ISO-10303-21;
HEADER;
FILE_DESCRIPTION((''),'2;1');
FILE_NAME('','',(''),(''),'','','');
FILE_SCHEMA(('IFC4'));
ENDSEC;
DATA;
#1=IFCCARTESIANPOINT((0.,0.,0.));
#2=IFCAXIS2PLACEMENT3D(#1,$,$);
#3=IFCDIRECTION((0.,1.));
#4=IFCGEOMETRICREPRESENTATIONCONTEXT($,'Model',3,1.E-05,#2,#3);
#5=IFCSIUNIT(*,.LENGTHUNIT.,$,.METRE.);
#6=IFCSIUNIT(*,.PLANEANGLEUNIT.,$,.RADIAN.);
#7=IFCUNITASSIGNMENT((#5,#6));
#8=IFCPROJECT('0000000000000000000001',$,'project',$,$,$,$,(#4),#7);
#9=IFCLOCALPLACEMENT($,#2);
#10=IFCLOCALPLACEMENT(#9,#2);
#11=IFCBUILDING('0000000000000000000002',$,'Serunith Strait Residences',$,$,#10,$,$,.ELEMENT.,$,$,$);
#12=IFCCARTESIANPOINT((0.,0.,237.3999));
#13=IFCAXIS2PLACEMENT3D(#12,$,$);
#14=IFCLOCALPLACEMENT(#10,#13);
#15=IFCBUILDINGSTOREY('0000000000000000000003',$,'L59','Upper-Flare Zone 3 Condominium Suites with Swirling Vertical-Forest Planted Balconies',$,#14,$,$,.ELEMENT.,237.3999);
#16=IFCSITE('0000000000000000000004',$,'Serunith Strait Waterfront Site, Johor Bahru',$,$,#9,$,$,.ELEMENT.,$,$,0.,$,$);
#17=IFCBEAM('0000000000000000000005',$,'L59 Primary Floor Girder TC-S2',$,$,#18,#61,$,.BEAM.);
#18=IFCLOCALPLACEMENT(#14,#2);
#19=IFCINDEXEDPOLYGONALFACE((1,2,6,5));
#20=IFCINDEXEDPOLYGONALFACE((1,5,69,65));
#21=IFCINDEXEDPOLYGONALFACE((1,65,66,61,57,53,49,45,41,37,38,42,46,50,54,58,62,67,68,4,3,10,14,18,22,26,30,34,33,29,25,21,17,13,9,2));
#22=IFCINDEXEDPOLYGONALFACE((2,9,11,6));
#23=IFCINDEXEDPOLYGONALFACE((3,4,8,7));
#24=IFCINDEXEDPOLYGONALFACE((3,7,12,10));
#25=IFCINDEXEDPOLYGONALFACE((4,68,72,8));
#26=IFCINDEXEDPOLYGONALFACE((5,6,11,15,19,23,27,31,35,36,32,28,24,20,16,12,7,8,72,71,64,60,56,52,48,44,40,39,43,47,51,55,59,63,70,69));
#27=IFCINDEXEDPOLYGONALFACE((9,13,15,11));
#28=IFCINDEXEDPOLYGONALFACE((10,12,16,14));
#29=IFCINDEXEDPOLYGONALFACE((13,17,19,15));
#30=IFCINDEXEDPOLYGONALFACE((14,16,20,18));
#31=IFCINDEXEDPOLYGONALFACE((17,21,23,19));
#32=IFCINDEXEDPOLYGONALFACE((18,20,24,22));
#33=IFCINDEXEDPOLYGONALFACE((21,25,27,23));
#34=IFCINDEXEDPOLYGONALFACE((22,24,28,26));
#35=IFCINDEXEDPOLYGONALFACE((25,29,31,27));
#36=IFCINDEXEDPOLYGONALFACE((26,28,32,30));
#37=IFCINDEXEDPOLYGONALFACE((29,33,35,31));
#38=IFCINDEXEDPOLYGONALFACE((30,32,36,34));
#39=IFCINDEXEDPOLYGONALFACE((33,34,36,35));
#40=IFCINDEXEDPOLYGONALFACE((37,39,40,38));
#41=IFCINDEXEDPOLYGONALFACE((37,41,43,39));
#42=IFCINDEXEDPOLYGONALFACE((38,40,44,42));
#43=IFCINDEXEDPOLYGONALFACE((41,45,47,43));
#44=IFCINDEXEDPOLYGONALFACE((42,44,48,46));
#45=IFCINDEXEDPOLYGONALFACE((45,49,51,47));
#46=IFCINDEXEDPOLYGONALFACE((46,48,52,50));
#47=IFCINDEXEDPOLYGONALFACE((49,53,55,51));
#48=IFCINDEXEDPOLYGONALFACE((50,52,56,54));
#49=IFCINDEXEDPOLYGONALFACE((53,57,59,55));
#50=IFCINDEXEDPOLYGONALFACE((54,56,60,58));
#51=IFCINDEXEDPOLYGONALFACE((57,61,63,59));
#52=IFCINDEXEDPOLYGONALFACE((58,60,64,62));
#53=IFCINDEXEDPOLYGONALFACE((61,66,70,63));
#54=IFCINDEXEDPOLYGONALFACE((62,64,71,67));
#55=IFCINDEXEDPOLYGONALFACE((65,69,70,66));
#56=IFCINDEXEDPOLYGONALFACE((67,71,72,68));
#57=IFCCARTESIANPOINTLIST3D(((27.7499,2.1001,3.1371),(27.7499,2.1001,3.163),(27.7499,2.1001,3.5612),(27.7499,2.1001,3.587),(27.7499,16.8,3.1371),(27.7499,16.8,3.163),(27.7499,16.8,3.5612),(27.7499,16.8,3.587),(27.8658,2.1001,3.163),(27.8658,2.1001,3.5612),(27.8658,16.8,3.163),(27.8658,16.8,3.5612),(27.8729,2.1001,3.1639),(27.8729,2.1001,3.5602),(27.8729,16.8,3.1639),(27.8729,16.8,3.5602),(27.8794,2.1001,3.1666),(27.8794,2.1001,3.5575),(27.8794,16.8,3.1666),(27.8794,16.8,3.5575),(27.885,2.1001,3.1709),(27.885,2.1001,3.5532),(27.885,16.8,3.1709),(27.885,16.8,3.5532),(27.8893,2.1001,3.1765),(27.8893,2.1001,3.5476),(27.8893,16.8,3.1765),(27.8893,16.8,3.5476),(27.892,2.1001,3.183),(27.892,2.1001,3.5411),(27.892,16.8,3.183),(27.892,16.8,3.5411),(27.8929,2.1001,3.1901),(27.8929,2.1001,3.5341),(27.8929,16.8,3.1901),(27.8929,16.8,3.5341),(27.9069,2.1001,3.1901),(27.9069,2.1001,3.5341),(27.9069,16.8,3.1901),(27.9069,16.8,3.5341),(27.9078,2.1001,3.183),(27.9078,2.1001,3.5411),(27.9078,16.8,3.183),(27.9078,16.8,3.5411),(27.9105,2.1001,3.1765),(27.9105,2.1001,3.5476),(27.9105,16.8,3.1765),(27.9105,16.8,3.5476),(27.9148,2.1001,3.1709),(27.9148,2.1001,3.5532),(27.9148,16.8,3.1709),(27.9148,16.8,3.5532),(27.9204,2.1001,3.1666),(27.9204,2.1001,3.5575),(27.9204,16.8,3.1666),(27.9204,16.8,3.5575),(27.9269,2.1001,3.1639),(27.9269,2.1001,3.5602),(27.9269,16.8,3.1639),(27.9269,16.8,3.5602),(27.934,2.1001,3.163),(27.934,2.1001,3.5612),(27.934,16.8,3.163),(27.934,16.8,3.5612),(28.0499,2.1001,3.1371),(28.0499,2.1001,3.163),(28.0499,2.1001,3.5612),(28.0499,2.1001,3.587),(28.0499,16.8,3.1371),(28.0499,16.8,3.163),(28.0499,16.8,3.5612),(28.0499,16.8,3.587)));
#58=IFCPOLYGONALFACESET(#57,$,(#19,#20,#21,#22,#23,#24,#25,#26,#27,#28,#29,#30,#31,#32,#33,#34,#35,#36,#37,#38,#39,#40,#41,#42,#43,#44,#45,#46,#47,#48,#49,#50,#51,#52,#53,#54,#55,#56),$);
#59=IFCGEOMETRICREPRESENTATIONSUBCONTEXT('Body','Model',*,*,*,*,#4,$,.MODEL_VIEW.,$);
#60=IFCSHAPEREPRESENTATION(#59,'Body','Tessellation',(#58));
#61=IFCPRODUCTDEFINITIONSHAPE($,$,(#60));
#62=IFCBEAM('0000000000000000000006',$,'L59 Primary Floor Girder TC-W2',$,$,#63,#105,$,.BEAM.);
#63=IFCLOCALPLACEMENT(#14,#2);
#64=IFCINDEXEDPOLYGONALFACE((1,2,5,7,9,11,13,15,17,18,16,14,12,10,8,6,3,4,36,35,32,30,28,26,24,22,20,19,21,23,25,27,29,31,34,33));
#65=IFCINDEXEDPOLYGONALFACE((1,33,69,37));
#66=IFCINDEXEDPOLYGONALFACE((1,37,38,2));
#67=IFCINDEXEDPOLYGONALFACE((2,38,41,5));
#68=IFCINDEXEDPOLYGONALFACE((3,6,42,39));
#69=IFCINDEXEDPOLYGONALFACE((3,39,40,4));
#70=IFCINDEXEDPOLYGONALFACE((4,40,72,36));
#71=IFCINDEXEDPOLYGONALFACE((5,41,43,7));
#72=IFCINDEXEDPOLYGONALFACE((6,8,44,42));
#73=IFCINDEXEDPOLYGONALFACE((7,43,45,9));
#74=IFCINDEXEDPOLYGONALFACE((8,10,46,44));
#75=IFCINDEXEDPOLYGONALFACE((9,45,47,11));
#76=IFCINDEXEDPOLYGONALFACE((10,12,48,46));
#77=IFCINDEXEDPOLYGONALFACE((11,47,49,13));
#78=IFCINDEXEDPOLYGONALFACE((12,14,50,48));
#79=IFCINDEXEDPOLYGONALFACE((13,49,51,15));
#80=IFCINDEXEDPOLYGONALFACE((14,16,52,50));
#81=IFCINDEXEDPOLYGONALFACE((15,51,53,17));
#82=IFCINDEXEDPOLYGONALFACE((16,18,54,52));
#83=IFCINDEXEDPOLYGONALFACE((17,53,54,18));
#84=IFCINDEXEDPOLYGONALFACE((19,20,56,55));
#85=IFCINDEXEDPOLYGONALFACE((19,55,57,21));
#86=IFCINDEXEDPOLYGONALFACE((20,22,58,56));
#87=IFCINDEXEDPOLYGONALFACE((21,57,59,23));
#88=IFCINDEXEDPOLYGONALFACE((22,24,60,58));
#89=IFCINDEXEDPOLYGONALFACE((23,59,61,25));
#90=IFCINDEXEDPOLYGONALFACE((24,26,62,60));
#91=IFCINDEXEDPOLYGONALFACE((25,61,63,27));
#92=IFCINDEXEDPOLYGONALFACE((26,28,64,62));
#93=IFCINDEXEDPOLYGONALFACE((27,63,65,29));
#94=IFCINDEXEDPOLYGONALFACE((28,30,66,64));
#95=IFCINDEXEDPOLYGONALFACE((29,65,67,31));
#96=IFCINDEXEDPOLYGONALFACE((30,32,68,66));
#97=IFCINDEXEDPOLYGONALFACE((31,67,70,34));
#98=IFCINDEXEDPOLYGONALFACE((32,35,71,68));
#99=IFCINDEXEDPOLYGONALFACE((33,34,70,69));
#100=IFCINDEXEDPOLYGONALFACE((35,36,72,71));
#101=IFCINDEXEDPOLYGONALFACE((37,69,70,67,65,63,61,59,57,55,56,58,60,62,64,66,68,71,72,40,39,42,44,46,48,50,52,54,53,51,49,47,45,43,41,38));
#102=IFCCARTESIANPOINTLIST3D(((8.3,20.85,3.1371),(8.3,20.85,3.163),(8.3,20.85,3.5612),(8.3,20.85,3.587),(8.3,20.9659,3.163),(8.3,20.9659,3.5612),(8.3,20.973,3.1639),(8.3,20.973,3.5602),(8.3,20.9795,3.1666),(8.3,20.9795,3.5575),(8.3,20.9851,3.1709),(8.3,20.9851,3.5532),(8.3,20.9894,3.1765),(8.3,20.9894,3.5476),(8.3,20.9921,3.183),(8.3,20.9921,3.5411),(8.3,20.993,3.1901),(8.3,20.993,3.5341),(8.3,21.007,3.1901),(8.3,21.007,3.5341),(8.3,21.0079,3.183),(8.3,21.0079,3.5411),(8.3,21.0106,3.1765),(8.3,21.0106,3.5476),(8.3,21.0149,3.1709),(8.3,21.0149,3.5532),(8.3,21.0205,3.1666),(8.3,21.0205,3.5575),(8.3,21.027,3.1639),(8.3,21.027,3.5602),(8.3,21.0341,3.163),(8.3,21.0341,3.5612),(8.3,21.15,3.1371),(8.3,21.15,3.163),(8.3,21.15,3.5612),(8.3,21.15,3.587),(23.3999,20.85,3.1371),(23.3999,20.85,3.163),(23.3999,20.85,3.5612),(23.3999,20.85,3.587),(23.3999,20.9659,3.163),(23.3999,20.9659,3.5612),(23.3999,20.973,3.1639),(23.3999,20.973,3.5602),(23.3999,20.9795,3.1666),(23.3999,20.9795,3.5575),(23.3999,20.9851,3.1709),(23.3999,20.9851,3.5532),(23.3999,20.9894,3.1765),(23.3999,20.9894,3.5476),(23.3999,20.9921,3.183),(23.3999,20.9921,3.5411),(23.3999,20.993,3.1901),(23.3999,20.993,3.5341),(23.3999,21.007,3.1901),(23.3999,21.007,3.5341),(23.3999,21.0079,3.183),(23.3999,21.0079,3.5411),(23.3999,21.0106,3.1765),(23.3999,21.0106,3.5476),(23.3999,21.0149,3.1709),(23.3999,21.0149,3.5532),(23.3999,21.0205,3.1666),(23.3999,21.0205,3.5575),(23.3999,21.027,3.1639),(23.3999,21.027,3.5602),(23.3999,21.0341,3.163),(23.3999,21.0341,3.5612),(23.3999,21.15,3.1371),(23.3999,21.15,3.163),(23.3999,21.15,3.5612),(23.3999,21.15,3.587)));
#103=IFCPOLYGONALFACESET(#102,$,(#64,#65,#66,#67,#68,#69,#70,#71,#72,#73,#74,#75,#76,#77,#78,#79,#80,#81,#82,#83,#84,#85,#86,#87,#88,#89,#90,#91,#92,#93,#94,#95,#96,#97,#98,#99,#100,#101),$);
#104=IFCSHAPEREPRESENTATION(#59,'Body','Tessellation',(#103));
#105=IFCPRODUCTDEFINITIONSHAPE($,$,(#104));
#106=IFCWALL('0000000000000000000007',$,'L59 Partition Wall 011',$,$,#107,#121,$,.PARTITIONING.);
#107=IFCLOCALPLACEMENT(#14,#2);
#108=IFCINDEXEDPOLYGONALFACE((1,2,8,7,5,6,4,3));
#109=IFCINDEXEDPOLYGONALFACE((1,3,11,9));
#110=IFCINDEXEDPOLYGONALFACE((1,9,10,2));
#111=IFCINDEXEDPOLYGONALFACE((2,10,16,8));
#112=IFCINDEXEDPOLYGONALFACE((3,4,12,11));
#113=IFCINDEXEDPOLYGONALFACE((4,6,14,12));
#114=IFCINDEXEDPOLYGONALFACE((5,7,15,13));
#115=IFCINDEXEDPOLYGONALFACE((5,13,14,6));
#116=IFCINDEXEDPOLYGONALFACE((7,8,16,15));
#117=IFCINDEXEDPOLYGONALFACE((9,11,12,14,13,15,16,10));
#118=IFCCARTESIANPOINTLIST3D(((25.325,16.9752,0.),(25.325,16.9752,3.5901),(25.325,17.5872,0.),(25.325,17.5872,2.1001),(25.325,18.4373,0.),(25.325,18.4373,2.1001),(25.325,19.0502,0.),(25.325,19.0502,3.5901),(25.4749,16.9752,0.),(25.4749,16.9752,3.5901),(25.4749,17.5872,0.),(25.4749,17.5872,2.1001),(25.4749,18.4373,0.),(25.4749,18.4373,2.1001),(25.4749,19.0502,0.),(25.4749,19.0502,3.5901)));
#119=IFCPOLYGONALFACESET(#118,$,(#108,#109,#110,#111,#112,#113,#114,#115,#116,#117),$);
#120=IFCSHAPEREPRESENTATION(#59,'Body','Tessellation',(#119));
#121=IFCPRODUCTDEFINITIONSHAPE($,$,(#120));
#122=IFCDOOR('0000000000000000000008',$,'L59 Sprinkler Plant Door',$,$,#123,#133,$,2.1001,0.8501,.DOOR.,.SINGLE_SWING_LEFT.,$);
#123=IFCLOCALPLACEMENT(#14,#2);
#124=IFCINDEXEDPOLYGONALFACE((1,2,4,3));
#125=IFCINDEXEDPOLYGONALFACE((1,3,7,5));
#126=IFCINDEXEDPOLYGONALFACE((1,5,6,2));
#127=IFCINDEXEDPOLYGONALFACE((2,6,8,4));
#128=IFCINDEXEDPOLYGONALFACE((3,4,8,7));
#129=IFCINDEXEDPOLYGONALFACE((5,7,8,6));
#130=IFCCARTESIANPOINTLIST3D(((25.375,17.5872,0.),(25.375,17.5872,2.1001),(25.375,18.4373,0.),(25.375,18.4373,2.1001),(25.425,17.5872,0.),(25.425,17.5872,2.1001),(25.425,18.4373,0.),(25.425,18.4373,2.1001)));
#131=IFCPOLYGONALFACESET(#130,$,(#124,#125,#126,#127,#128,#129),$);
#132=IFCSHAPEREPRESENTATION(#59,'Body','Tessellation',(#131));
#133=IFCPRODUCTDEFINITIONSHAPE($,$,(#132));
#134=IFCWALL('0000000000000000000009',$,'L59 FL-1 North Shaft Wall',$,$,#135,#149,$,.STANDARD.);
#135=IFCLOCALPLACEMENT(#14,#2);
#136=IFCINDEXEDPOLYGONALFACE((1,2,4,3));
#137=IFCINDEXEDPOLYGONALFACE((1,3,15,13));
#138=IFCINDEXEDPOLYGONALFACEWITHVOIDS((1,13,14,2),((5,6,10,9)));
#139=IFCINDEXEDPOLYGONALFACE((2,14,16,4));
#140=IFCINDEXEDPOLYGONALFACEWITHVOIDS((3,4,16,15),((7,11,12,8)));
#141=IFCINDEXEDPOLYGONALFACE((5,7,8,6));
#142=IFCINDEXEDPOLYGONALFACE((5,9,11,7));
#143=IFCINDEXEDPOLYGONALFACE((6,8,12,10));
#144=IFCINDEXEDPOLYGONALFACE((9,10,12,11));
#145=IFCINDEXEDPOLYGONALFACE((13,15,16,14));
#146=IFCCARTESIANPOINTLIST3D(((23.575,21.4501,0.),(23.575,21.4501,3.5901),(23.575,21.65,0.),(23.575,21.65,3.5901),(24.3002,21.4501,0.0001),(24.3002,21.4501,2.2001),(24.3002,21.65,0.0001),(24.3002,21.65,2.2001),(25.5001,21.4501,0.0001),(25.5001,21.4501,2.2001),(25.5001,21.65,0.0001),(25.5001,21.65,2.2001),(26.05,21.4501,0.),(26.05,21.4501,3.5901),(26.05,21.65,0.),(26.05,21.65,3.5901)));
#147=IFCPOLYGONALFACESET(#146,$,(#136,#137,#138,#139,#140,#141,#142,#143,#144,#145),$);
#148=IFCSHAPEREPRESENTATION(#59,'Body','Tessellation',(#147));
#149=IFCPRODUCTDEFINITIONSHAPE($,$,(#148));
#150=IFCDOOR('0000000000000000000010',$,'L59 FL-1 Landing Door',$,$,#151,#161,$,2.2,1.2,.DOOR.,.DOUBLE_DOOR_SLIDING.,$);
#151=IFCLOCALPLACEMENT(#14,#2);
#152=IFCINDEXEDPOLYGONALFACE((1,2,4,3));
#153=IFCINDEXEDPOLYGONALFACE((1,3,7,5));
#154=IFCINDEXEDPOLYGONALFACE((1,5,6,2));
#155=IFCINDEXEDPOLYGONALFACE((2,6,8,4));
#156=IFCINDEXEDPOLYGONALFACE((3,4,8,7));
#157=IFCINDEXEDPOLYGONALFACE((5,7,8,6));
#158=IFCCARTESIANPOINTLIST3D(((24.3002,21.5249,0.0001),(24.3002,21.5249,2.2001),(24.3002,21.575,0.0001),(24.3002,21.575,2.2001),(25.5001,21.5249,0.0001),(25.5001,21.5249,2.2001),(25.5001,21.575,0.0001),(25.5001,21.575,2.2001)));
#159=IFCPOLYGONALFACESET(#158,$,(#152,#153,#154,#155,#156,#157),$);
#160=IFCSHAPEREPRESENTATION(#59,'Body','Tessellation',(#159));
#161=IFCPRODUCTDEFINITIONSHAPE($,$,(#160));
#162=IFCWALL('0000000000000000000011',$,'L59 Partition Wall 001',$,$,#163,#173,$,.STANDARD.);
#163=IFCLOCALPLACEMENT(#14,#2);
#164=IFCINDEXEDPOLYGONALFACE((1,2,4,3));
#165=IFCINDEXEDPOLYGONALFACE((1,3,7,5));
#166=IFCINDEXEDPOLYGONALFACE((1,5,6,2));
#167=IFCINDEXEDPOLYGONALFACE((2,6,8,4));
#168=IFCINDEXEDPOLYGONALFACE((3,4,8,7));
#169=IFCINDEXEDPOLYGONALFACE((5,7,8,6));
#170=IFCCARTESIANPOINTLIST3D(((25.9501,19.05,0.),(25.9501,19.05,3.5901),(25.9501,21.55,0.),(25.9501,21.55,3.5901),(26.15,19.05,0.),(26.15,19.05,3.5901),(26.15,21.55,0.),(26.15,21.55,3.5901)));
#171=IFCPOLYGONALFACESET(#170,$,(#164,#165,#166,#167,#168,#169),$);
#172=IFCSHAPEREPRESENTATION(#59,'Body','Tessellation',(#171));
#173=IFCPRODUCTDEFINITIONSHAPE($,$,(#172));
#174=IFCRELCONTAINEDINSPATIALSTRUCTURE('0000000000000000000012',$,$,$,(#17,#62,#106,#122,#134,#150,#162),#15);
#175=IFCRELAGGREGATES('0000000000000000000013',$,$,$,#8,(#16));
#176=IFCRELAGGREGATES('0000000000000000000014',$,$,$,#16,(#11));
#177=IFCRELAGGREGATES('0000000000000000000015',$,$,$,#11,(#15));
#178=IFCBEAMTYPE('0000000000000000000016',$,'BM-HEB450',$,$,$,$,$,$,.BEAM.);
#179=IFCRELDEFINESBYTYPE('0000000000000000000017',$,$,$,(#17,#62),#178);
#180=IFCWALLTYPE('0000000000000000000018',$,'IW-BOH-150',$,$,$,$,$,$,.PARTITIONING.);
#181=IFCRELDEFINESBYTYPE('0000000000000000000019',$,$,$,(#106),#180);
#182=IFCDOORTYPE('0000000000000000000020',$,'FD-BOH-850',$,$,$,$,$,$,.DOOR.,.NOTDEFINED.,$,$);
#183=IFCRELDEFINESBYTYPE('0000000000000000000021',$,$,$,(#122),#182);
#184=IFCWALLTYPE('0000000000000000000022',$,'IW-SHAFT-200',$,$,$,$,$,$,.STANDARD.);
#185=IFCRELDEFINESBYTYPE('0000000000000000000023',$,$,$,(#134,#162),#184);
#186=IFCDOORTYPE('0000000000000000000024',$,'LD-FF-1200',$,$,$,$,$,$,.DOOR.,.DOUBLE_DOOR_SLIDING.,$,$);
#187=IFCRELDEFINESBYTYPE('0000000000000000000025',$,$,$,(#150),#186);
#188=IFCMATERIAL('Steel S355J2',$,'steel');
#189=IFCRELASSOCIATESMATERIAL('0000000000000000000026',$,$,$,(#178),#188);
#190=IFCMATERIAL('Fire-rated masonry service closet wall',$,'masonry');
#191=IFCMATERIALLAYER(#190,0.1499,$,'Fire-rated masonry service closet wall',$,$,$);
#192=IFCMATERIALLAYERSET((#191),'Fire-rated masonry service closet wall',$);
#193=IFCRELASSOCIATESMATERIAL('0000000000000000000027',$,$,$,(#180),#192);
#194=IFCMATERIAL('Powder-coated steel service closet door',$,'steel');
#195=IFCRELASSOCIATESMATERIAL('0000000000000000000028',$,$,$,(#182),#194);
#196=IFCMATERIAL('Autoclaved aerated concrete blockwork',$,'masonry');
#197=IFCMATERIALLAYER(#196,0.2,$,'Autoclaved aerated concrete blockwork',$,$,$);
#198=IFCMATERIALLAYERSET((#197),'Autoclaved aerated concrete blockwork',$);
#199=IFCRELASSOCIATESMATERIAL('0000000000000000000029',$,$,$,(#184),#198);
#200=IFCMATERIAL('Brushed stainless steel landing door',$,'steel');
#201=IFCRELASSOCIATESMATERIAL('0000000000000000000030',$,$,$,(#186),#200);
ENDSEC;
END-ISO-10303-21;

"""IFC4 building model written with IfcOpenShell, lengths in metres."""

from ifc_helpers import new_model, si_unit, direction, frame, frame_2d, origin, origin_2d, place, context, subcontext, project, spatial, rectangle, i_section, extrude, source, transform, mapped, material, layer, layer_set, material_profile, profile_set, type_object, element, fill, save


model = new_model("IFC4")

# Units and contexts
model_context = context("Model", 3, precision=1e-05, world=origin(), true_north=direction((0.0, 1.0)))
body_context = subcontext(model_context, "Body", "Model", "MODEL_VIEW")
ifc_project = project(units=[si_unit("LENGTHUNIT", "METRE"), si_unit("PLANEANGLEUNIT", "RADIAN")], contexts=[model_context])

# Site, building, storey
site_placement = place(None, origin())
site = spatial("IfcSite", under=ifc_project, at=site_placement, Name="Serunith Strait Waterfront Site, Johor Bahru", CompositionType="ELEMENT", RefElevation=0.0)
building_placement = place(site_placement, origin())
building = spatial("IfcBuilding", under=site, at=building_placement, Name="Serunith Strait Residences", CompositionType="ELEMENT")
storey_placement = place(building_placement, frame((0.0, 0.0, 237.3999)))
storey = spatial("IfcBuildingStorey", under=building, at=storey_placement, Name="L59", Description="Upper-Flare Zone 3 Condominium Suites with Swirling Vertical-Forest Planted Balconies", CompositionType="ELEMENT", Elevation=237.3999)

# Beams
ifc_material_1 = material(Name="Steel S355J2", Category="steel")
ifc_material_profile = material_profile(ifc_material_1, i_section(OverallWidth=0.3, OverallDepth=0.45, WebThickness=0.0139, FlangeThickness=0.0259, FilletRadius=0.0271, at=origin_2d()), Name="HEB 450")
ifc_profile_set = profile_set([ifc_material_profile], Name="Steel S355J2")
beam_type = type_object("IfcBeamType", Name="BM-HEB450", PredefinedType="BEAM", material=ifc_profile_set)
shared_shape_1 = source(origin(), body_context, "Body", "SweptSolid", [
    extrude(i_section(OverallWidth=0.3, OverallDepth=0.45, WebThickness=0.0139, FlangeThickness=0.0259, FilletRadius=0.0271, at=origin_2d()), origin(), (0.0, 0.0, 1.0), 14.7),
])
beam_1_placement = place(storey_placement, frame((27.8999, 16.8, 3.3621), z_axis=(0.0, -1.0, 0.0), x_axis=(1.0, 0.0, 0.0)))
element("IfcBeam", 1, at=beam_1_placement, inside=storey, type_object=beam_type, Name="L59 Primary Floor Girder TC-S2", PredefinedType="BEAM", context=body_context, shape_type="MappedRepresentation", body=[
    mapped(shared_shape_1, transform((0.0, 0.0, 0.0), scale=1.0)),
])
shared_shape_2 = source(origin(), body_context, "Body", "SweptSolid", [
    extrude(i_section(OverallWidth=0.3, OverallDepth=0.45, WebThickness=0.0139, FlangeThickness=0.0259, FilletRadius=0.0271, at=origin_2d()), origin(), (0.0, 0.0, 1.0), 15.0999),
])
beam_2_placement = place(storey_placement, frame((23.3999, 21.0, 3.3621), z_axis=(-1.0, 0.0, 0.0), x_axis=(0.0, -1.0, 0.0)))
element("IfcBeam", 2, at=beam_2_placement, inside=storey, type_object=beam_type, Name="L59 Primary Floor Girder TC-W2", PredefinedType="BEAM", context=body_context, shape_type="MappedRepresentation", body=[
    mapped(shared_shape_2, transform((0.0, 0.0, 0.0), scale=1.0)),
])

# Walls, openings, doors
ifc_material_2 = material(Name="Fire-rated masonry service closet wall", Category="masonry")
ifc_layer_1 = layer(ifc_material_2, 0.1499, Name="Fire-rated masonry service closet wall")
ifc_layer_set_1 = layer_set([ifc_layer_1], Name="Fire-rated masonry service closet wall")
wall_type_1 = type_object("IfcWallType", Name="IW-BOH-150", PredefinedType="PARTITIONING", material=ifc_layer_set_1)
wall_1_placement = place(storey_placement, frame((25.3999, 16.9751, 0.0), z_axis=(0.0, 0.0, 1.0), x_axis=(0.0, 1.0, 0.0)))
wall_1 = element("IfcWall", 3, at=wall_1_placement, inside=storey, type_object=wall_type_1, Name="L59 Partition Wall 011", PredefinedType="PARTITIONING", context=body_context, shape_type="SweptSolid", body=[
    extrude(rectangle(XDim=2.075, YDim=0.1499, at=frame_2d((1.0376, 0.0))), origin(), (0.0, 0.0, 1.0), 3.5901),
])
opening_1_placement = place(wall_1_placement, frame((0.6121, 0.0, 0.0)))
opening_1 = element("IfcOpeningElement", 4, at=opening_1_placement, cuts=wall_1, PredefinedType="OPENING", context=body_context, shape_type="SweptSolid", body=[
    extrude(rectangle(XDim=0.8501, YDim=2.1001, at=frame_2d((0.425, 1.05))), frame((0.0, 0.085, 0.0), z_axis=(0.0, -1.0, 0.0), x_axis=(1.0, 0.0, 0.0)), (0.0, 0.0, 1.0), 0.1699),
])
ifc_material_3 = material(Name="Powder-coated steel service closet door", Category="steel")
door_type_1 = type_object("IfcDoorType", Name="FD-BOH-850", OperationType="NOTDEFINED", PredefinedType="DOOR", material=ifc_material_3)
shared_shape_3 = source(origin(), body_context, "Body", "SweptSolid", [
    extrude(rectangle(XDim=0.8501, YDim=2.1001, at=frame_2d((0.425, 1.05))), frame((0.0, 0.0249, 0.0), z_axis=(0.0, -1.0, 0.0), x_axis=(1.0, 0.0, 0.0)), (0.0, 0.0, 1.0), 0.05),
])
door_1_placement = place(opening_1_placement, origin())
door_1 = element("IfcDoor", 5, at=door_1_placement, inside=storey, type_object=door_type_1, Name="L59 Sprinkler Plant Door", OperationType="SINGLE_SWING_LEFT", OverallHeight=2.1001, OverallWidth=0.8501, PredefinedType="DOOR", context=body_context, shape_type="MappedRepresentation", body=[
    mapped(shared_shape_3, transform((0.0, 0.0, 0.0), scale=1.0)),
])
fill(opening_1, door_1)
ifc_material_4 = material(Name="Autoclaved aerated concrete blockwork", Category="masonry")
ifc_layer_2 = layer(ifc_material_4, 0.2, Name="Autoclaved aerated concrete blockwork")
ifc_layer_set_2 = layer_set([ifc_layer_2], Name="Autoclaved aerated concrete blockwork")
wall_type_2 = type_object("IfcWallType", Name="IW-SHAFT-200", PredefinedType="STANDARD", material=ifc_layer_set_2)
wall_2_placement = place(storey_placement, frame((23.575, 21.55, 0.0), z_axis=(0.0, 0.0, 1.0), x_axis=(1.0, 0.0, 0.0)))
wall_2 = element("IfcWall", 6, at=wall_2_placement, inside=storey, type_object=wall_type_2, Name="L59 FL-1 North Shaft Wall", PredefinedType="STANDARD", context=body_context, shape_type="SweptSolid", body=[
    extrude(rectangle(XDim=2.4751, YDim=0.2, at=frame_2d((1.2375, 0.0))), origin(), (0.0, 0.0, 1.0), 3.5901),
])
opening_2_placement = place(wall_2_placement, frame((0.7251, 0.0, 0.0)))
opening_2 = element("IfcOpeningElement", 7, at=opening_2_placement, cuts=wall_2, PredefinedType="OPENING", context=body_context, shape_type="SweptSolid", body=[
    extrude(rectangle(XDim=1.2, YDim=2.2, at=frame_2d((0.6001, 1.1001))), frame((0.0, 0.1099, 0.0), z_axis=(0.0, -1.0, 0.0), x_axis=(1.0, 0.0, 0.0)), (0.0, 0.0, 1.0), 0.22),
])
ifc_material_5 = material(Name="Brushed stainless steel landing door", Category="steel")
door_type_2 = type_object("IfcDoorType", Name="LD-FF-1200", OperationType="DOUBLE_DOOR_SLIDING", PredefinedType="DOOR", material=ifc_material_5)
shared_shape_4 = source(origin(), body_context, "Body", "SweptSolid", [
    extrude(rectangle(XDim=1.2, YDim=2.2, at=frame_2d((0.6001, 1.1001))), frame((0.0, 0.0249, 0.0), z_axis=(0.0, -1.0, 0.0), x_axis=(1.0, 0.0, 0.0)), (0.0, 0.0, 1.0), 0.05),
])
door_2_placement = place(opening_2_placement, origin())
door_2 = element("IfcDoor", 8, at=door_2_placement, inside=storey, type_object=door_type_2, Name="L59 FL-1 Landing Door", OperationType="DOUBLE_DOOR_SLIDING", OverallHeight=2.2, OverallWidth=1.2, PredefinedType="DOOR", context=body_context, shape_type="MappedRepresentation", body=[
    mapped(shared_shape_4, transform((0.0, 0.0, 0.0), scale=1.0)),
])
fill(opening_2, door_2)

# Wall
wall_3_placement = place(storey_placement, frame((26.05, 19.05, 0.0), z_axis=(0.0, 0.0, 1.0), x_axis=(0.0, 1.0, 0.0)))
element("IfcWall", 9, at=wall_3_placement, inside=storey, type_object=wall_type_2, Name="L59 Partition Wall 001", PredefinedType="STANDARD", context=body_context, shape_type="SweptSolid", body=[
    extrude(rectangle(XDim=2.5, YDim=0.2, at=frame_2d((1.25, 0.0))), origin(), (0.0, 0.0, 1.0), 3.5901),
])

save(model, "model.ifc")
